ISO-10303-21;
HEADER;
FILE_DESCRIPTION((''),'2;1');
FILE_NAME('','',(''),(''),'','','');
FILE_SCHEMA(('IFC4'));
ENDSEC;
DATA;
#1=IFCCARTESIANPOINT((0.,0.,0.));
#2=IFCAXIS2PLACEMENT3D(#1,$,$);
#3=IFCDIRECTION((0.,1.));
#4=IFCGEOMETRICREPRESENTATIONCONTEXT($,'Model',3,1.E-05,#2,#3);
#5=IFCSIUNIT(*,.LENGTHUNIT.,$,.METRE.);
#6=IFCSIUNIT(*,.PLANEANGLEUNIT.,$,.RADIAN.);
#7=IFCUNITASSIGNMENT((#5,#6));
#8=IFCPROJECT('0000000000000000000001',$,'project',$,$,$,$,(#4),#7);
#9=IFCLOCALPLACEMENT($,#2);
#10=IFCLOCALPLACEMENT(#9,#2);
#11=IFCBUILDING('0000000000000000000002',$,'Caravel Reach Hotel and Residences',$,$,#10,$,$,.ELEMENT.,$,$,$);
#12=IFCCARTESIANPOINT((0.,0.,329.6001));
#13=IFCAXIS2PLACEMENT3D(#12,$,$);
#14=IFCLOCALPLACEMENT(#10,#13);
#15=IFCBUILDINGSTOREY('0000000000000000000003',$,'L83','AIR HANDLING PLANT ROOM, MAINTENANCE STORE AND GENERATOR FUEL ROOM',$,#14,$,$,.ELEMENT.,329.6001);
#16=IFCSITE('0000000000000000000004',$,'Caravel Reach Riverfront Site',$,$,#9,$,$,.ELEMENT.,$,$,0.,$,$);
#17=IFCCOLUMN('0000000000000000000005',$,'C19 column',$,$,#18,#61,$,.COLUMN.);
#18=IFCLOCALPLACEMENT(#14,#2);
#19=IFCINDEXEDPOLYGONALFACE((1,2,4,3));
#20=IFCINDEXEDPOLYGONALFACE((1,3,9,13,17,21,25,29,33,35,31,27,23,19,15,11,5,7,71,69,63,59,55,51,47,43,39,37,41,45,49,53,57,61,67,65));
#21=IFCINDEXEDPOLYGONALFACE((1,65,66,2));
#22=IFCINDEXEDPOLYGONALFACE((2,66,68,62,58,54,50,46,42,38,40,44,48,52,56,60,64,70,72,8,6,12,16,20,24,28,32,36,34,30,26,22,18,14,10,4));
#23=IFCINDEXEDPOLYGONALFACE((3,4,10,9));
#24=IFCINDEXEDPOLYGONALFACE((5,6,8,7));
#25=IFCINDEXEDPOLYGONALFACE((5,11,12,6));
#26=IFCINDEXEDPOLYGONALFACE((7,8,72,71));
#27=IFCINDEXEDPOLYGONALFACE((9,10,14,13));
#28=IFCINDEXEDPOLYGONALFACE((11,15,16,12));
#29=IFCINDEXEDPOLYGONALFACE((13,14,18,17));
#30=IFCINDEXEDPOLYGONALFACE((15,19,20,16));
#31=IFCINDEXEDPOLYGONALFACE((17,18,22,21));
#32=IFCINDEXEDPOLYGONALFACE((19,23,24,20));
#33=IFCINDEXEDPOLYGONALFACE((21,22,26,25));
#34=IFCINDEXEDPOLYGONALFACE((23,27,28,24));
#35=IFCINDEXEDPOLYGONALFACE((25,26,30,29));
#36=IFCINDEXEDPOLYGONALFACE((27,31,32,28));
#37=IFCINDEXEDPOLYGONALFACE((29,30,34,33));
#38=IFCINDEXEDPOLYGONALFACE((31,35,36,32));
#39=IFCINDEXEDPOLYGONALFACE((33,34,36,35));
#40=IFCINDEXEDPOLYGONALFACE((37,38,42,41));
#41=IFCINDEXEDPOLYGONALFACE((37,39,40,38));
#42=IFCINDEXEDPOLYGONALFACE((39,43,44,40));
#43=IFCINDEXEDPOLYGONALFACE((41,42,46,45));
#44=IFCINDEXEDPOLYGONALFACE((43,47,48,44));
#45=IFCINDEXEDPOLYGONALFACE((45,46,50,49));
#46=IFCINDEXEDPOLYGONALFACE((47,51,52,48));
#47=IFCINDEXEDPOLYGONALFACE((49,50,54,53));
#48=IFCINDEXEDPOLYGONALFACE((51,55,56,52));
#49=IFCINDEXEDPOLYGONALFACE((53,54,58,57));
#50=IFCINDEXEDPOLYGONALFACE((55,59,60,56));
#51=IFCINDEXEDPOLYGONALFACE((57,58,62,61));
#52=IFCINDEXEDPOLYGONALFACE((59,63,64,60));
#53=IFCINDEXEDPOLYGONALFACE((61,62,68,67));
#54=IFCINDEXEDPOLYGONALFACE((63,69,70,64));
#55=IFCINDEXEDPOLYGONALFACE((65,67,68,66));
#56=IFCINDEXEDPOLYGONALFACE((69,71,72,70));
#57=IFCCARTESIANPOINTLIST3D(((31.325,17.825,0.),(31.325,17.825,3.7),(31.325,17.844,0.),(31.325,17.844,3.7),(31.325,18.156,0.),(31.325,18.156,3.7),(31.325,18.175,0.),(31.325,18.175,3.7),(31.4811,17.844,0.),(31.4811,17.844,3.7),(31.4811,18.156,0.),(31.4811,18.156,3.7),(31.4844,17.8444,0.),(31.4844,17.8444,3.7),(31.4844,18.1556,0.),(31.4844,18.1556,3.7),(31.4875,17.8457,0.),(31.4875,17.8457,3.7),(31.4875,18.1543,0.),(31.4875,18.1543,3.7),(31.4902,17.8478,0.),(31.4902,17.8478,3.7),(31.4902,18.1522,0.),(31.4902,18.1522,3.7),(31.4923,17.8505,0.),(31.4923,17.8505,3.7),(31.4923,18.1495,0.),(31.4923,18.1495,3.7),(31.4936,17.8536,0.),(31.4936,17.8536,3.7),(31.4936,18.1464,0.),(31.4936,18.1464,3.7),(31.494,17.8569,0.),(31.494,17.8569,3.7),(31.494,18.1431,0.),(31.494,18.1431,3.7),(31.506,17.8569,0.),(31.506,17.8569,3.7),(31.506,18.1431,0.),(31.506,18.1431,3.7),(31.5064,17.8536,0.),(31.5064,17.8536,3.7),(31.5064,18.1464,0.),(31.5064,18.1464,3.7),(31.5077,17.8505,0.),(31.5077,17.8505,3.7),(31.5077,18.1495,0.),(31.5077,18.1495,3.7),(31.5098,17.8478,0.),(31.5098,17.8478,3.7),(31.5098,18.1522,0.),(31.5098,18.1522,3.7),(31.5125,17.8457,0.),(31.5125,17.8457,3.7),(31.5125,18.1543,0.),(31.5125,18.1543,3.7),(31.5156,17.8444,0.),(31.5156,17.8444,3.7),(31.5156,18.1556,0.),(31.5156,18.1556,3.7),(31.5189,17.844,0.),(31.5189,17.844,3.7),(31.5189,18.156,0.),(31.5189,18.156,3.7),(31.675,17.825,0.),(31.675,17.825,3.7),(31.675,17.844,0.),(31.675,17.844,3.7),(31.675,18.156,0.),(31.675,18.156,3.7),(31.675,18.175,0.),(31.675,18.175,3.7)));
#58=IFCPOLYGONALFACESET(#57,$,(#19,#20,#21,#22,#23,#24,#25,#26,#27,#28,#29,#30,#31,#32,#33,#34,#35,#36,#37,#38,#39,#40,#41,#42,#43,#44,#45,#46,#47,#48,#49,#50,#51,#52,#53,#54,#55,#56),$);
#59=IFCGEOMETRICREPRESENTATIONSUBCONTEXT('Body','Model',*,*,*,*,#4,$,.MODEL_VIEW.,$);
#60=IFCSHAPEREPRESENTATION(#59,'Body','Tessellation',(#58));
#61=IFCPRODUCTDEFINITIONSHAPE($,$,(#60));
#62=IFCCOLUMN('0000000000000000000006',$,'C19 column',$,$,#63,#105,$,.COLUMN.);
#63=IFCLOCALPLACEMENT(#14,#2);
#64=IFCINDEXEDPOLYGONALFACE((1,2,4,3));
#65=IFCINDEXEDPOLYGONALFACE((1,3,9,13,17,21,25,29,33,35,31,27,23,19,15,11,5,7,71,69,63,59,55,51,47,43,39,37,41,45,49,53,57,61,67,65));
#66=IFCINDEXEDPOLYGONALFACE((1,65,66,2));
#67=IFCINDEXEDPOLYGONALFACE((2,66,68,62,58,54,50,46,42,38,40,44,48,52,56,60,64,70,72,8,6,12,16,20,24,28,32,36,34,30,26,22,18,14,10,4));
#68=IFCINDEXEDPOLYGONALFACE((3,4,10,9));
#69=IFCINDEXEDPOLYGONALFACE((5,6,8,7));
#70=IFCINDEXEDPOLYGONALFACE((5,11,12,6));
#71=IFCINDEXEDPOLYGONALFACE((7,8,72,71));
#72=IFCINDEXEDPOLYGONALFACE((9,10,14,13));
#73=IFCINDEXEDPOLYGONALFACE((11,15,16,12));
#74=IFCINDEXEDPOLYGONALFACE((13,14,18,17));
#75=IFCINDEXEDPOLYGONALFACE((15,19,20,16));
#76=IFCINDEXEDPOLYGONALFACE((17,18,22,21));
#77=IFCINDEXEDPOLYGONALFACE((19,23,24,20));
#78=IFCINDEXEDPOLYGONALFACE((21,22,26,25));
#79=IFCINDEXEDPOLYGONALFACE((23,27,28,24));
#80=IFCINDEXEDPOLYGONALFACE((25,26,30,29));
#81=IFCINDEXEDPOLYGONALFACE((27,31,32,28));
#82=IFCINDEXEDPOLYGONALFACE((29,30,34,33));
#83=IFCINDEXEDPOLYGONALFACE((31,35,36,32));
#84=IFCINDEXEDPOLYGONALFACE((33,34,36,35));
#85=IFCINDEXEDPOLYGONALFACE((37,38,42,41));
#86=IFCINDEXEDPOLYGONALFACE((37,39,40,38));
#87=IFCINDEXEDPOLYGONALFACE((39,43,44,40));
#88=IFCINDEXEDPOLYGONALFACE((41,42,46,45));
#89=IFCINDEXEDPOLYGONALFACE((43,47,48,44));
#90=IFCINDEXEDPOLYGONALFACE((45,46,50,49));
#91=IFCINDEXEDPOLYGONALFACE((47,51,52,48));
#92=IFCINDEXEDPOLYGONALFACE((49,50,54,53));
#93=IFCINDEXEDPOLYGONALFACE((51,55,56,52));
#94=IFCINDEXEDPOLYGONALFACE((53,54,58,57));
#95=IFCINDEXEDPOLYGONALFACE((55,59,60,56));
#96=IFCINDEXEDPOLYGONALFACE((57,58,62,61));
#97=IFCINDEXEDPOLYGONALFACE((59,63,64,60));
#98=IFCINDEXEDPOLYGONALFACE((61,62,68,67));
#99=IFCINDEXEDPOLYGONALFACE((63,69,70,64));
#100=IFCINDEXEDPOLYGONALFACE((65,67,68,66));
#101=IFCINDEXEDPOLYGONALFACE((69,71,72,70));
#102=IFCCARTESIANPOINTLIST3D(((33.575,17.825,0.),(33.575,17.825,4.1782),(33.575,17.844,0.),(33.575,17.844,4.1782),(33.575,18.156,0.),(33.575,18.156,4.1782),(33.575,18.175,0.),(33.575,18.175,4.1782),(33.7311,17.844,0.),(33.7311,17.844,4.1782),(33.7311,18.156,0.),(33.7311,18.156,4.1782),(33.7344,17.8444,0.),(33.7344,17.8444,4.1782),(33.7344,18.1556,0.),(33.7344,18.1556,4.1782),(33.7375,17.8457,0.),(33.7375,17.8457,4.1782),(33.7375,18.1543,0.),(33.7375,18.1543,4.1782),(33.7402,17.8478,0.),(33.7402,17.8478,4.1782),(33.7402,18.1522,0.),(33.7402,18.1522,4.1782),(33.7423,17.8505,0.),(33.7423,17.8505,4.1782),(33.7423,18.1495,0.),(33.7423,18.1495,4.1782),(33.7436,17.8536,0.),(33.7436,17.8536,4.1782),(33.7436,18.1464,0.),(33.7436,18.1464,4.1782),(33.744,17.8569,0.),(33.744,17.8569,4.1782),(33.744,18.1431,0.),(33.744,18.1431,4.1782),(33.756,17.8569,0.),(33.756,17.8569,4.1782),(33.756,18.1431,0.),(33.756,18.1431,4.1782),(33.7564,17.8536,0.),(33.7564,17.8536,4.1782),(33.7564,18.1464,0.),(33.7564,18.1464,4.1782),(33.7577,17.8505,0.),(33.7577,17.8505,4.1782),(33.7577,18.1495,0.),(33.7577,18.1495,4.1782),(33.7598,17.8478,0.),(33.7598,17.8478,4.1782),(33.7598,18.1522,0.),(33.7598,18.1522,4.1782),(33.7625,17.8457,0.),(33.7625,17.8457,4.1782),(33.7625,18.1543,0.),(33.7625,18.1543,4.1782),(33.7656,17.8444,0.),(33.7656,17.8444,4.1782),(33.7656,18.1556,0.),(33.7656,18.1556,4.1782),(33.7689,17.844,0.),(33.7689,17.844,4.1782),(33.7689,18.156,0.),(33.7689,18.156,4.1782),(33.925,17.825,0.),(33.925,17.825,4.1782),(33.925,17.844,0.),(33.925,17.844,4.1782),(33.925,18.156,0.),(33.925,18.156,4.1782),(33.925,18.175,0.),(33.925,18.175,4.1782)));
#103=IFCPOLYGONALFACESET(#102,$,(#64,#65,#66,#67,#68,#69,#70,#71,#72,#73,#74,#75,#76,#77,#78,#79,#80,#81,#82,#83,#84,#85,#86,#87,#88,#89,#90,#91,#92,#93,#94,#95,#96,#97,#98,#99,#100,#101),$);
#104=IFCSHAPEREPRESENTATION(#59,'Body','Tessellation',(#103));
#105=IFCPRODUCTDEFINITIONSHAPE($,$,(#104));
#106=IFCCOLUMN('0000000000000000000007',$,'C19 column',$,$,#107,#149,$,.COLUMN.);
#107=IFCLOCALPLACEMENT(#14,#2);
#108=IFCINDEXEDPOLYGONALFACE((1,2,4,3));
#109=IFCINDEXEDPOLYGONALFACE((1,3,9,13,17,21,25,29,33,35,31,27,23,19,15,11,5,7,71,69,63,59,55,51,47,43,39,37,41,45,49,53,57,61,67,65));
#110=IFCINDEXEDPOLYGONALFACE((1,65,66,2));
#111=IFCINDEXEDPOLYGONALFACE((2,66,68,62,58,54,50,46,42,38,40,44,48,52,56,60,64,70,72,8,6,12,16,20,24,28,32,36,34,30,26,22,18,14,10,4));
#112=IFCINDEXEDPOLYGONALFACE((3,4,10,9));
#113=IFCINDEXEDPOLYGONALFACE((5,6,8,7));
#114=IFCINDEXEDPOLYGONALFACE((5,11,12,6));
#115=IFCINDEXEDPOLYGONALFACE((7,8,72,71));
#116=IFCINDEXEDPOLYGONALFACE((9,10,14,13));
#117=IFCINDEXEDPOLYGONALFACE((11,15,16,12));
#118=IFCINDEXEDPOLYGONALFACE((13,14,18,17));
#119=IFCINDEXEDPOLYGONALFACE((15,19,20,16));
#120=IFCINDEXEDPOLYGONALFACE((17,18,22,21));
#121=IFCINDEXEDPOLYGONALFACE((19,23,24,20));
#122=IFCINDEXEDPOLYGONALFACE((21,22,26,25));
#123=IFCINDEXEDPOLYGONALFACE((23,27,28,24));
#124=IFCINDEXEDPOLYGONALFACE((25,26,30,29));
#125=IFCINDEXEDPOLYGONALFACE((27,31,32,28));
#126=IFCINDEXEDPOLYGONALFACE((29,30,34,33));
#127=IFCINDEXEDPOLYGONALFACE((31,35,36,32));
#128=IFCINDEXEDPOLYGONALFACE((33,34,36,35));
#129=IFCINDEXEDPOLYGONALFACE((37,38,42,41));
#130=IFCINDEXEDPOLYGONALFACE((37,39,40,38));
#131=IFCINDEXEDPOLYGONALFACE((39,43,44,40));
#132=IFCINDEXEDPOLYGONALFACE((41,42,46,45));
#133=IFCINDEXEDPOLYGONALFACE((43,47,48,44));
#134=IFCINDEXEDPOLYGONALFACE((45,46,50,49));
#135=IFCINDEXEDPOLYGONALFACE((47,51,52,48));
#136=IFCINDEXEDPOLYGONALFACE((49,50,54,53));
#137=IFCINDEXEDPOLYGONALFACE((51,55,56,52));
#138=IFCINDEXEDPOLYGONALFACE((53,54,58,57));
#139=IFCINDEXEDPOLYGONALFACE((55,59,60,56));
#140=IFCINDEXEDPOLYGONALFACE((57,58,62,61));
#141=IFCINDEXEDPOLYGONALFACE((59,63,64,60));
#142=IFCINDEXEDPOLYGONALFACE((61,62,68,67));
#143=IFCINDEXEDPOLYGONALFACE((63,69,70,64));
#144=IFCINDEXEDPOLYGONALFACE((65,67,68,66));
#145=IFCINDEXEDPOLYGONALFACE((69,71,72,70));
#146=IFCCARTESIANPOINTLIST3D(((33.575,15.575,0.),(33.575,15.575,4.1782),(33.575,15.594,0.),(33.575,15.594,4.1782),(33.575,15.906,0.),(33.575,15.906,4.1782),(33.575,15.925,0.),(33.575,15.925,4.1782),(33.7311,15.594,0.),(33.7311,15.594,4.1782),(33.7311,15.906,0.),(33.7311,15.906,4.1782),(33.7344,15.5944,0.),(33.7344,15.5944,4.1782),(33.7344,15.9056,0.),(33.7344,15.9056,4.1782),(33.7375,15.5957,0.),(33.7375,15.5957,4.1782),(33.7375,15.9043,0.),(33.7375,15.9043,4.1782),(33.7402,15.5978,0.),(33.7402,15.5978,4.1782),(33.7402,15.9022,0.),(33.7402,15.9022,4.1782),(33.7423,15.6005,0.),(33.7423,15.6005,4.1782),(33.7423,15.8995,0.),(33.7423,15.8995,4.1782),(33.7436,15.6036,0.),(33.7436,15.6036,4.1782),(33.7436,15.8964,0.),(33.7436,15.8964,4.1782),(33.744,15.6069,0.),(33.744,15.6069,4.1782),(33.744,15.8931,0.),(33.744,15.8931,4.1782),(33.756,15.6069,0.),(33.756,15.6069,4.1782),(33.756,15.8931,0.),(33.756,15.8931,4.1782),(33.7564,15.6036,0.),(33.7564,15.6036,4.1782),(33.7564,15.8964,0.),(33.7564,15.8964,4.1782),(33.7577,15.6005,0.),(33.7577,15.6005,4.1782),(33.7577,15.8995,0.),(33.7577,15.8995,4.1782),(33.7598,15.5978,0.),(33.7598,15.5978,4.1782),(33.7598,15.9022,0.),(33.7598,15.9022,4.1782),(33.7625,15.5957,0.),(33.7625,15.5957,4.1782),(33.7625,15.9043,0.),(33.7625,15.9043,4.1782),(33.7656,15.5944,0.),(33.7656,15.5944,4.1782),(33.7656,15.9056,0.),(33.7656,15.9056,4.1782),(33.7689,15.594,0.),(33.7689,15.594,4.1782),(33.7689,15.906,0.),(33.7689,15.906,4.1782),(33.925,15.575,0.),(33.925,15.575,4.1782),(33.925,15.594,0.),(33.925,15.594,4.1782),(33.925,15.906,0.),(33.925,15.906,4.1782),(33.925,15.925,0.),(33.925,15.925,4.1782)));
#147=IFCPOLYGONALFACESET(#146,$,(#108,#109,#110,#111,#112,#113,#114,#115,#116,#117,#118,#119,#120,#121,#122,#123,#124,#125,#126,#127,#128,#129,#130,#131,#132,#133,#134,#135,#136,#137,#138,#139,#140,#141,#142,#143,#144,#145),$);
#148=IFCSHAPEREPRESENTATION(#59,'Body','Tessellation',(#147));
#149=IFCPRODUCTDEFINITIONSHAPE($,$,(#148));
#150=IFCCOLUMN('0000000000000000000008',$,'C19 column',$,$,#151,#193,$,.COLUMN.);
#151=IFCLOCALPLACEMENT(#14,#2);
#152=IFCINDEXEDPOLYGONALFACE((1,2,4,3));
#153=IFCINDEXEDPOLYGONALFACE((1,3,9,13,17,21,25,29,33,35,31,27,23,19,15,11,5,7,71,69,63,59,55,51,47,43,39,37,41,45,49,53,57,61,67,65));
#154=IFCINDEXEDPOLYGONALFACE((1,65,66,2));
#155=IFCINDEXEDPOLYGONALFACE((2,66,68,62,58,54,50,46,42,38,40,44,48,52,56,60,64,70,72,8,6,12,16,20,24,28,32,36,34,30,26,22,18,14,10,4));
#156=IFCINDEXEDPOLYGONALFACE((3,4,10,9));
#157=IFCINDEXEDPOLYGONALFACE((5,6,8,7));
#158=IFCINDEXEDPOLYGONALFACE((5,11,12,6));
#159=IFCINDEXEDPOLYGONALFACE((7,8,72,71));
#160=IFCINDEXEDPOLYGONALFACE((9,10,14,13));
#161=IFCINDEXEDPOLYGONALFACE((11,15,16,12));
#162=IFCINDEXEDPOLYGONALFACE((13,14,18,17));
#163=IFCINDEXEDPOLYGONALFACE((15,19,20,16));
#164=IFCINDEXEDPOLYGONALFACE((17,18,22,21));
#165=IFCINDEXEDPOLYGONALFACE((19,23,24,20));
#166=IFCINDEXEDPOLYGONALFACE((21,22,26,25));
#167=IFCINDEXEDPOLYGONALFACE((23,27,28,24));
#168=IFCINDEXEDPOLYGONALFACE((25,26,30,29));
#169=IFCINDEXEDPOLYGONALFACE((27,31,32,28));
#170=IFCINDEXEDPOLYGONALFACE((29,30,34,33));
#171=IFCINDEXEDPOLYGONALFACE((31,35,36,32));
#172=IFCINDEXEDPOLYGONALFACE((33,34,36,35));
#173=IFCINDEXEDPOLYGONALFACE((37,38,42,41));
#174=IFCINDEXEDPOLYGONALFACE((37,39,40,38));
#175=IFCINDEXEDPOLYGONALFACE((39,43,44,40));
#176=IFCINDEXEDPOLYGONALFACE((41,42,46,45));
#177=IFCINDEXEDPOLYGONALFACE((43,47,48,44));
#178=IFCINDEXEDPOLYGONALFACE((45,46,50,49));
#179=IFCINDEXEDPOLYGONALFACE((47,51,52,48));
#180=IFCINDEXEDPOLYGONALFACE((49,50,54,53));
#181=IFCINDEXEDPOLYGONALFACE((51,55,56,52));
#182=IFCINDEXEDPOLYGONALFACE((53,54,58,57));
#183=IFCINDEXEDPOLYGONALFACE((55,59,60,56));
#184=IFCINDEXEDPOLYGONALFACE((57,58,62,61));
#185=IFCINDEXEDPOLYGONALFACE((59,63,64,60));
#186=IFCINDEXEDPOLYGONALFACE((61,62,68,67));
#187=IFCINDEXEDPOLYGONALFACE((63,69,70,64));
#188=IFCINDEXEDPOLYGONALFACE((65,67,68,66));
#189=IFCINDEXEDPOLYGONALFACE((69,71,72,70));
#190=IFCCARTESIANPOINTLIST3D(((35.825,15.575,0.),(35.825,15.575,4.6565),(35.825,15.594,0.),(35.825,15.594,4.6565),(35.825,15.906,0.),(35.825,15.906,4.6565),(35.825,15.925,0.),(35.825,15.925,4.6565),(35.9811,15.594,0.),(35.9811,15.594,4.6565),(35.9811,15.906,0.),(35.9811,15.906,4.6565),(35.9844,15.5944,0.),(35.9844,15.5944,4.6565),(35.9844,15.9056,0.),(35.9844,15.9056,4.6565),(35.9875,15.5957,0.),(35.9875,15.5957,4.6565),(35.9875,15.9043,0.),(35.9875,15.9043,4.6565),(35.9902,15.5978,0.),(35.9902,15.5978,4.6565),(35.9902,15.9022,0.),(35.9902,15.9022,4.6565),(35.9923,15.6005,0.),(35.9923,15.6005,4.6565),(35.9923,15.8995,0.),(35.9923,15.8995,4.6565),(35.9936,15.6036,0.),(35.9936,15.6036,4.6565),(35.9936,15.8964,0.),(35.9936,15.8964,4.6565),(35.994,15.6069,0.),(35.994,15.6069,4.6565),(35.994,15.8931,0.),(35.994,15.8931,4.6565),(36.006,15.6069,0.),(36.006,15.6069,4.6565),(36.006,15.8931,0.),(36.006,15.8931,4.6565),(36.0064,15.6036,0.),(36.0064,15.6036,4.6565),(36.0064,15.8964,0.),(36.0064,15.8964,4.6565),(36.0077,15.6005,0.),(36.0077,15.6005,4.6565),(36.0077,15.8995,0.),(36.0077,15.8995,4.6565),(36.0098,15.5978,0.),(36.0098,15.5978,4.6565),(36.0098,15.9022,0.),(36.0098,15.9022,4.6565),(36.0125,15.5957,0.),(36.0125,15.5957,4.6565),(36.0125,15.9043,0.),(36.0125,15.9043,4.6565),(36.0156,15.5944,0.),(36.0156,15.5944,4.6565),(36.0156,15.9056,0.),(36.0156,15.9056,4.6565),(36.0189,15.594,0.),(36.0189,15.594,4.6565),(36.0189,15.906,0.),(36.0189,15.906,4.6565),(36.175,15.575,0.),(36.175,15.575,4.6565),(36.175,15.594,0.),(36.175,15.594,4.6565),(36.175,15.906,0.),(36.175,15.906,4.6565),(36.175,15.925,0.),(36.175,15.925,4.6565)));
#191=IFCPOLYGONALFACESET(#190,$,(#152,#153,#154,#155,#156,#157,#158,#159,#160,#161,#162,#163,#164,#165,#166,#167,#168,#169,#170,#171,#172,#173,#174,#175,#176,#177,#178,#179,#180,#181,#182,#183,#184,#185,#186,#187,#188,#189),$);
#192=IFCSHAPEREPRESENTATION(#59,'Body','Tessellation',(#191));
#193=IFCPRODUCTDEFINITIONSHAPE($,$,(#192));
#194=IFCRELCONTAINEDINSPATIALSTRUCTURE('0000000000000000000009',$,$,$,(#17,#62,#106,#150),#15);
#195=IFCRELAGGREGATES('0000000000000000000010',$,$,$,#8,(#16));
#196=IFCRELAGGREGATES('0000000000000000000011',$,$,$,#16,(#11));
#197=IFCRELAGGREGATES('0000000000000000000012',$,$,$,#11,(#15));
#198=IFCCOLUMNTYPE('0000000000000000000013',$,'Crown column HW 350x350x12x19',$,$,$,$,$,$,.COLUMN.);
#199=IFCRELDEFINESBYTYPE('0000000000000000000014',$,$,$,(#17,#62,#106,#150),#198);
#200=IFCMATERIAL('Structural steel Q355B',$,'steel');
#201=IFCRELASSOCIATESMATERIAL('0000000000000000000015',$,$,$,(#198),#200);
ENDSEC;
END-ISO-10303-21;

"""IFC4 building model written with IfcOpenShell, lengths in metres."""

from ifc_helpers import new_model, si_unit, direction, frame, origin, origin_2d, place, context, subcontext, project, spatial, i_section, extrude, material, material_profile, profile_set, type_object, element, save


model = new_model("IFC4")

# Units and contexts
model_context = context("Model", 3, precision=1e-05, world=origin(), true_north=direction((0.0, 1.0)))
body_context = subcontext(model_context, "Body", "Model", "MODEL_VIEW")
ifc_project = project(units=[si_unit("LENGTHUNIT", "METRE"), si_unit("PLANEANGLEUNIT", "RADIAN")], contexts=[model_context])

# Site, building, storey
site_placement = place(None, origin())
site = spatial("IfcSite", under=ifc_project, at=site_placement, Name="Caravel Reach Riverfront Site", CompositionType="ELEMENT", RefElevation=0.0)
building_placement = place(site_placement, origin())
building = spatial("IfcBuilding", under=site, at=building_placement, Name="Caravel Reach Hotel and Residences", CompositionType="ELEMENT")
storey_placement = place(building_placement, frame((0.0, 0.0, 329.6001)))
storey = spatial("IfcBuildingStorey", under=building, at=storey_placement, Name="L83", Description="AIR HANDLING PLANT ROOM, MAINTENANCE STORE AND GENERATOR FUEL ROOM", CompositionType="ELEMENT", Elevation=329.6001)

# Columns
ifc_material_1 = material(Name="Structural steel Q355B", Category="steel")
ifc_material_profile_1 = material_profile(ifc_material_1, i_section(OverallWidth=0.3501, OverallDepth=0.3501, WebThickness=0.012, FlangeThickness=0.019, FilletRadius=0.0129, at=origin_2d()), Name="HW 350x350x12x19")
ifc_profile_set_1 = profile_set([ifc_material_profile_1], Name="Structural steel Q355B")
column_type = type_object("IfcColumnType", Name="Crown column HW 350x350x12x19", PredefinedType="COLUMN", material=ifc_profile_set_1)
column_placement = place(storey_placement, frame((31.5, 18.0, 0.0), z_axis=(0.0, 0.0, 1.0), x_axis=(1.0, 0.0, 0.0)))
element("IfcColumn", 1, at=column_placement, inside=storey, type_object=column_type, Name="C19 column", PredefinedType="COLUMN", context=body_context, shape_type="SweptSolid", body=[
    extrude(i_section(OverallWidth=0.3501, OverallDepth=0.3501, WebThickness=0.012, FlangeThickness=0.019, FilletRadius=0.0129, at=origin_2d()), origin(), (0.0, 0.0, 1.0), 3.7),
])
for number, where, z_axis, x_axis, name in (
    (2, (33.75, 18.0, 0.0), (0.0, 0.0, 1.0), (1.0, 0.0, 0.0), "C19 column"),
    (3, (33.75, 15.75, 0.0), (0.0, 0.0, 1.0), (1.0, 0.0, 0.0), "C19 column"),
):
    element("IfcColumn", number, at=place(storey_placement, frame(where, z_axis=z_axis, x_axis=x_axis)), inside=storey, type_object=column_type, Name=name, PredefinedType="COLUMN", context=body_context, shape_type="SweptSolid", body=[
        extrude(i_section(OverallWidth=0.3501, OverallDepth=0.3501, WebThickness=0.012, FlangeThickness=0.019, FilletRadius=0.0129, at=origin_2d()), origin(), (0.0, 0.0, 1.0), 4.1782),
    ])
for number, where, z_axis, x_axis, name in (
    (4, (36.0, 15.75, 0.0), (0.0, 0.0, 1.0), (1.0, 0.0, 0.0), "C19 column"),
):
    element("IfcColumn", number, at=place(storey_placement, frame(where, z_axis=z_axis, x_axis=x_axis)), inside=storey, type_object=column_type, Name=name, PredefinedType="COLUMN", context=body_context, shape_type="SweptSolid", body=[
        extrude(i_section(OverallWidth=0.3501, OverallDepth=0.3501, WebThickness=0.012, FlangeThickness=0.019, FilletRadius=0.0129, at=origin_2d()), origin(), (0.0, 0.0, 1.0), 4.6565),
    ])

save(model, "model.ifc")
